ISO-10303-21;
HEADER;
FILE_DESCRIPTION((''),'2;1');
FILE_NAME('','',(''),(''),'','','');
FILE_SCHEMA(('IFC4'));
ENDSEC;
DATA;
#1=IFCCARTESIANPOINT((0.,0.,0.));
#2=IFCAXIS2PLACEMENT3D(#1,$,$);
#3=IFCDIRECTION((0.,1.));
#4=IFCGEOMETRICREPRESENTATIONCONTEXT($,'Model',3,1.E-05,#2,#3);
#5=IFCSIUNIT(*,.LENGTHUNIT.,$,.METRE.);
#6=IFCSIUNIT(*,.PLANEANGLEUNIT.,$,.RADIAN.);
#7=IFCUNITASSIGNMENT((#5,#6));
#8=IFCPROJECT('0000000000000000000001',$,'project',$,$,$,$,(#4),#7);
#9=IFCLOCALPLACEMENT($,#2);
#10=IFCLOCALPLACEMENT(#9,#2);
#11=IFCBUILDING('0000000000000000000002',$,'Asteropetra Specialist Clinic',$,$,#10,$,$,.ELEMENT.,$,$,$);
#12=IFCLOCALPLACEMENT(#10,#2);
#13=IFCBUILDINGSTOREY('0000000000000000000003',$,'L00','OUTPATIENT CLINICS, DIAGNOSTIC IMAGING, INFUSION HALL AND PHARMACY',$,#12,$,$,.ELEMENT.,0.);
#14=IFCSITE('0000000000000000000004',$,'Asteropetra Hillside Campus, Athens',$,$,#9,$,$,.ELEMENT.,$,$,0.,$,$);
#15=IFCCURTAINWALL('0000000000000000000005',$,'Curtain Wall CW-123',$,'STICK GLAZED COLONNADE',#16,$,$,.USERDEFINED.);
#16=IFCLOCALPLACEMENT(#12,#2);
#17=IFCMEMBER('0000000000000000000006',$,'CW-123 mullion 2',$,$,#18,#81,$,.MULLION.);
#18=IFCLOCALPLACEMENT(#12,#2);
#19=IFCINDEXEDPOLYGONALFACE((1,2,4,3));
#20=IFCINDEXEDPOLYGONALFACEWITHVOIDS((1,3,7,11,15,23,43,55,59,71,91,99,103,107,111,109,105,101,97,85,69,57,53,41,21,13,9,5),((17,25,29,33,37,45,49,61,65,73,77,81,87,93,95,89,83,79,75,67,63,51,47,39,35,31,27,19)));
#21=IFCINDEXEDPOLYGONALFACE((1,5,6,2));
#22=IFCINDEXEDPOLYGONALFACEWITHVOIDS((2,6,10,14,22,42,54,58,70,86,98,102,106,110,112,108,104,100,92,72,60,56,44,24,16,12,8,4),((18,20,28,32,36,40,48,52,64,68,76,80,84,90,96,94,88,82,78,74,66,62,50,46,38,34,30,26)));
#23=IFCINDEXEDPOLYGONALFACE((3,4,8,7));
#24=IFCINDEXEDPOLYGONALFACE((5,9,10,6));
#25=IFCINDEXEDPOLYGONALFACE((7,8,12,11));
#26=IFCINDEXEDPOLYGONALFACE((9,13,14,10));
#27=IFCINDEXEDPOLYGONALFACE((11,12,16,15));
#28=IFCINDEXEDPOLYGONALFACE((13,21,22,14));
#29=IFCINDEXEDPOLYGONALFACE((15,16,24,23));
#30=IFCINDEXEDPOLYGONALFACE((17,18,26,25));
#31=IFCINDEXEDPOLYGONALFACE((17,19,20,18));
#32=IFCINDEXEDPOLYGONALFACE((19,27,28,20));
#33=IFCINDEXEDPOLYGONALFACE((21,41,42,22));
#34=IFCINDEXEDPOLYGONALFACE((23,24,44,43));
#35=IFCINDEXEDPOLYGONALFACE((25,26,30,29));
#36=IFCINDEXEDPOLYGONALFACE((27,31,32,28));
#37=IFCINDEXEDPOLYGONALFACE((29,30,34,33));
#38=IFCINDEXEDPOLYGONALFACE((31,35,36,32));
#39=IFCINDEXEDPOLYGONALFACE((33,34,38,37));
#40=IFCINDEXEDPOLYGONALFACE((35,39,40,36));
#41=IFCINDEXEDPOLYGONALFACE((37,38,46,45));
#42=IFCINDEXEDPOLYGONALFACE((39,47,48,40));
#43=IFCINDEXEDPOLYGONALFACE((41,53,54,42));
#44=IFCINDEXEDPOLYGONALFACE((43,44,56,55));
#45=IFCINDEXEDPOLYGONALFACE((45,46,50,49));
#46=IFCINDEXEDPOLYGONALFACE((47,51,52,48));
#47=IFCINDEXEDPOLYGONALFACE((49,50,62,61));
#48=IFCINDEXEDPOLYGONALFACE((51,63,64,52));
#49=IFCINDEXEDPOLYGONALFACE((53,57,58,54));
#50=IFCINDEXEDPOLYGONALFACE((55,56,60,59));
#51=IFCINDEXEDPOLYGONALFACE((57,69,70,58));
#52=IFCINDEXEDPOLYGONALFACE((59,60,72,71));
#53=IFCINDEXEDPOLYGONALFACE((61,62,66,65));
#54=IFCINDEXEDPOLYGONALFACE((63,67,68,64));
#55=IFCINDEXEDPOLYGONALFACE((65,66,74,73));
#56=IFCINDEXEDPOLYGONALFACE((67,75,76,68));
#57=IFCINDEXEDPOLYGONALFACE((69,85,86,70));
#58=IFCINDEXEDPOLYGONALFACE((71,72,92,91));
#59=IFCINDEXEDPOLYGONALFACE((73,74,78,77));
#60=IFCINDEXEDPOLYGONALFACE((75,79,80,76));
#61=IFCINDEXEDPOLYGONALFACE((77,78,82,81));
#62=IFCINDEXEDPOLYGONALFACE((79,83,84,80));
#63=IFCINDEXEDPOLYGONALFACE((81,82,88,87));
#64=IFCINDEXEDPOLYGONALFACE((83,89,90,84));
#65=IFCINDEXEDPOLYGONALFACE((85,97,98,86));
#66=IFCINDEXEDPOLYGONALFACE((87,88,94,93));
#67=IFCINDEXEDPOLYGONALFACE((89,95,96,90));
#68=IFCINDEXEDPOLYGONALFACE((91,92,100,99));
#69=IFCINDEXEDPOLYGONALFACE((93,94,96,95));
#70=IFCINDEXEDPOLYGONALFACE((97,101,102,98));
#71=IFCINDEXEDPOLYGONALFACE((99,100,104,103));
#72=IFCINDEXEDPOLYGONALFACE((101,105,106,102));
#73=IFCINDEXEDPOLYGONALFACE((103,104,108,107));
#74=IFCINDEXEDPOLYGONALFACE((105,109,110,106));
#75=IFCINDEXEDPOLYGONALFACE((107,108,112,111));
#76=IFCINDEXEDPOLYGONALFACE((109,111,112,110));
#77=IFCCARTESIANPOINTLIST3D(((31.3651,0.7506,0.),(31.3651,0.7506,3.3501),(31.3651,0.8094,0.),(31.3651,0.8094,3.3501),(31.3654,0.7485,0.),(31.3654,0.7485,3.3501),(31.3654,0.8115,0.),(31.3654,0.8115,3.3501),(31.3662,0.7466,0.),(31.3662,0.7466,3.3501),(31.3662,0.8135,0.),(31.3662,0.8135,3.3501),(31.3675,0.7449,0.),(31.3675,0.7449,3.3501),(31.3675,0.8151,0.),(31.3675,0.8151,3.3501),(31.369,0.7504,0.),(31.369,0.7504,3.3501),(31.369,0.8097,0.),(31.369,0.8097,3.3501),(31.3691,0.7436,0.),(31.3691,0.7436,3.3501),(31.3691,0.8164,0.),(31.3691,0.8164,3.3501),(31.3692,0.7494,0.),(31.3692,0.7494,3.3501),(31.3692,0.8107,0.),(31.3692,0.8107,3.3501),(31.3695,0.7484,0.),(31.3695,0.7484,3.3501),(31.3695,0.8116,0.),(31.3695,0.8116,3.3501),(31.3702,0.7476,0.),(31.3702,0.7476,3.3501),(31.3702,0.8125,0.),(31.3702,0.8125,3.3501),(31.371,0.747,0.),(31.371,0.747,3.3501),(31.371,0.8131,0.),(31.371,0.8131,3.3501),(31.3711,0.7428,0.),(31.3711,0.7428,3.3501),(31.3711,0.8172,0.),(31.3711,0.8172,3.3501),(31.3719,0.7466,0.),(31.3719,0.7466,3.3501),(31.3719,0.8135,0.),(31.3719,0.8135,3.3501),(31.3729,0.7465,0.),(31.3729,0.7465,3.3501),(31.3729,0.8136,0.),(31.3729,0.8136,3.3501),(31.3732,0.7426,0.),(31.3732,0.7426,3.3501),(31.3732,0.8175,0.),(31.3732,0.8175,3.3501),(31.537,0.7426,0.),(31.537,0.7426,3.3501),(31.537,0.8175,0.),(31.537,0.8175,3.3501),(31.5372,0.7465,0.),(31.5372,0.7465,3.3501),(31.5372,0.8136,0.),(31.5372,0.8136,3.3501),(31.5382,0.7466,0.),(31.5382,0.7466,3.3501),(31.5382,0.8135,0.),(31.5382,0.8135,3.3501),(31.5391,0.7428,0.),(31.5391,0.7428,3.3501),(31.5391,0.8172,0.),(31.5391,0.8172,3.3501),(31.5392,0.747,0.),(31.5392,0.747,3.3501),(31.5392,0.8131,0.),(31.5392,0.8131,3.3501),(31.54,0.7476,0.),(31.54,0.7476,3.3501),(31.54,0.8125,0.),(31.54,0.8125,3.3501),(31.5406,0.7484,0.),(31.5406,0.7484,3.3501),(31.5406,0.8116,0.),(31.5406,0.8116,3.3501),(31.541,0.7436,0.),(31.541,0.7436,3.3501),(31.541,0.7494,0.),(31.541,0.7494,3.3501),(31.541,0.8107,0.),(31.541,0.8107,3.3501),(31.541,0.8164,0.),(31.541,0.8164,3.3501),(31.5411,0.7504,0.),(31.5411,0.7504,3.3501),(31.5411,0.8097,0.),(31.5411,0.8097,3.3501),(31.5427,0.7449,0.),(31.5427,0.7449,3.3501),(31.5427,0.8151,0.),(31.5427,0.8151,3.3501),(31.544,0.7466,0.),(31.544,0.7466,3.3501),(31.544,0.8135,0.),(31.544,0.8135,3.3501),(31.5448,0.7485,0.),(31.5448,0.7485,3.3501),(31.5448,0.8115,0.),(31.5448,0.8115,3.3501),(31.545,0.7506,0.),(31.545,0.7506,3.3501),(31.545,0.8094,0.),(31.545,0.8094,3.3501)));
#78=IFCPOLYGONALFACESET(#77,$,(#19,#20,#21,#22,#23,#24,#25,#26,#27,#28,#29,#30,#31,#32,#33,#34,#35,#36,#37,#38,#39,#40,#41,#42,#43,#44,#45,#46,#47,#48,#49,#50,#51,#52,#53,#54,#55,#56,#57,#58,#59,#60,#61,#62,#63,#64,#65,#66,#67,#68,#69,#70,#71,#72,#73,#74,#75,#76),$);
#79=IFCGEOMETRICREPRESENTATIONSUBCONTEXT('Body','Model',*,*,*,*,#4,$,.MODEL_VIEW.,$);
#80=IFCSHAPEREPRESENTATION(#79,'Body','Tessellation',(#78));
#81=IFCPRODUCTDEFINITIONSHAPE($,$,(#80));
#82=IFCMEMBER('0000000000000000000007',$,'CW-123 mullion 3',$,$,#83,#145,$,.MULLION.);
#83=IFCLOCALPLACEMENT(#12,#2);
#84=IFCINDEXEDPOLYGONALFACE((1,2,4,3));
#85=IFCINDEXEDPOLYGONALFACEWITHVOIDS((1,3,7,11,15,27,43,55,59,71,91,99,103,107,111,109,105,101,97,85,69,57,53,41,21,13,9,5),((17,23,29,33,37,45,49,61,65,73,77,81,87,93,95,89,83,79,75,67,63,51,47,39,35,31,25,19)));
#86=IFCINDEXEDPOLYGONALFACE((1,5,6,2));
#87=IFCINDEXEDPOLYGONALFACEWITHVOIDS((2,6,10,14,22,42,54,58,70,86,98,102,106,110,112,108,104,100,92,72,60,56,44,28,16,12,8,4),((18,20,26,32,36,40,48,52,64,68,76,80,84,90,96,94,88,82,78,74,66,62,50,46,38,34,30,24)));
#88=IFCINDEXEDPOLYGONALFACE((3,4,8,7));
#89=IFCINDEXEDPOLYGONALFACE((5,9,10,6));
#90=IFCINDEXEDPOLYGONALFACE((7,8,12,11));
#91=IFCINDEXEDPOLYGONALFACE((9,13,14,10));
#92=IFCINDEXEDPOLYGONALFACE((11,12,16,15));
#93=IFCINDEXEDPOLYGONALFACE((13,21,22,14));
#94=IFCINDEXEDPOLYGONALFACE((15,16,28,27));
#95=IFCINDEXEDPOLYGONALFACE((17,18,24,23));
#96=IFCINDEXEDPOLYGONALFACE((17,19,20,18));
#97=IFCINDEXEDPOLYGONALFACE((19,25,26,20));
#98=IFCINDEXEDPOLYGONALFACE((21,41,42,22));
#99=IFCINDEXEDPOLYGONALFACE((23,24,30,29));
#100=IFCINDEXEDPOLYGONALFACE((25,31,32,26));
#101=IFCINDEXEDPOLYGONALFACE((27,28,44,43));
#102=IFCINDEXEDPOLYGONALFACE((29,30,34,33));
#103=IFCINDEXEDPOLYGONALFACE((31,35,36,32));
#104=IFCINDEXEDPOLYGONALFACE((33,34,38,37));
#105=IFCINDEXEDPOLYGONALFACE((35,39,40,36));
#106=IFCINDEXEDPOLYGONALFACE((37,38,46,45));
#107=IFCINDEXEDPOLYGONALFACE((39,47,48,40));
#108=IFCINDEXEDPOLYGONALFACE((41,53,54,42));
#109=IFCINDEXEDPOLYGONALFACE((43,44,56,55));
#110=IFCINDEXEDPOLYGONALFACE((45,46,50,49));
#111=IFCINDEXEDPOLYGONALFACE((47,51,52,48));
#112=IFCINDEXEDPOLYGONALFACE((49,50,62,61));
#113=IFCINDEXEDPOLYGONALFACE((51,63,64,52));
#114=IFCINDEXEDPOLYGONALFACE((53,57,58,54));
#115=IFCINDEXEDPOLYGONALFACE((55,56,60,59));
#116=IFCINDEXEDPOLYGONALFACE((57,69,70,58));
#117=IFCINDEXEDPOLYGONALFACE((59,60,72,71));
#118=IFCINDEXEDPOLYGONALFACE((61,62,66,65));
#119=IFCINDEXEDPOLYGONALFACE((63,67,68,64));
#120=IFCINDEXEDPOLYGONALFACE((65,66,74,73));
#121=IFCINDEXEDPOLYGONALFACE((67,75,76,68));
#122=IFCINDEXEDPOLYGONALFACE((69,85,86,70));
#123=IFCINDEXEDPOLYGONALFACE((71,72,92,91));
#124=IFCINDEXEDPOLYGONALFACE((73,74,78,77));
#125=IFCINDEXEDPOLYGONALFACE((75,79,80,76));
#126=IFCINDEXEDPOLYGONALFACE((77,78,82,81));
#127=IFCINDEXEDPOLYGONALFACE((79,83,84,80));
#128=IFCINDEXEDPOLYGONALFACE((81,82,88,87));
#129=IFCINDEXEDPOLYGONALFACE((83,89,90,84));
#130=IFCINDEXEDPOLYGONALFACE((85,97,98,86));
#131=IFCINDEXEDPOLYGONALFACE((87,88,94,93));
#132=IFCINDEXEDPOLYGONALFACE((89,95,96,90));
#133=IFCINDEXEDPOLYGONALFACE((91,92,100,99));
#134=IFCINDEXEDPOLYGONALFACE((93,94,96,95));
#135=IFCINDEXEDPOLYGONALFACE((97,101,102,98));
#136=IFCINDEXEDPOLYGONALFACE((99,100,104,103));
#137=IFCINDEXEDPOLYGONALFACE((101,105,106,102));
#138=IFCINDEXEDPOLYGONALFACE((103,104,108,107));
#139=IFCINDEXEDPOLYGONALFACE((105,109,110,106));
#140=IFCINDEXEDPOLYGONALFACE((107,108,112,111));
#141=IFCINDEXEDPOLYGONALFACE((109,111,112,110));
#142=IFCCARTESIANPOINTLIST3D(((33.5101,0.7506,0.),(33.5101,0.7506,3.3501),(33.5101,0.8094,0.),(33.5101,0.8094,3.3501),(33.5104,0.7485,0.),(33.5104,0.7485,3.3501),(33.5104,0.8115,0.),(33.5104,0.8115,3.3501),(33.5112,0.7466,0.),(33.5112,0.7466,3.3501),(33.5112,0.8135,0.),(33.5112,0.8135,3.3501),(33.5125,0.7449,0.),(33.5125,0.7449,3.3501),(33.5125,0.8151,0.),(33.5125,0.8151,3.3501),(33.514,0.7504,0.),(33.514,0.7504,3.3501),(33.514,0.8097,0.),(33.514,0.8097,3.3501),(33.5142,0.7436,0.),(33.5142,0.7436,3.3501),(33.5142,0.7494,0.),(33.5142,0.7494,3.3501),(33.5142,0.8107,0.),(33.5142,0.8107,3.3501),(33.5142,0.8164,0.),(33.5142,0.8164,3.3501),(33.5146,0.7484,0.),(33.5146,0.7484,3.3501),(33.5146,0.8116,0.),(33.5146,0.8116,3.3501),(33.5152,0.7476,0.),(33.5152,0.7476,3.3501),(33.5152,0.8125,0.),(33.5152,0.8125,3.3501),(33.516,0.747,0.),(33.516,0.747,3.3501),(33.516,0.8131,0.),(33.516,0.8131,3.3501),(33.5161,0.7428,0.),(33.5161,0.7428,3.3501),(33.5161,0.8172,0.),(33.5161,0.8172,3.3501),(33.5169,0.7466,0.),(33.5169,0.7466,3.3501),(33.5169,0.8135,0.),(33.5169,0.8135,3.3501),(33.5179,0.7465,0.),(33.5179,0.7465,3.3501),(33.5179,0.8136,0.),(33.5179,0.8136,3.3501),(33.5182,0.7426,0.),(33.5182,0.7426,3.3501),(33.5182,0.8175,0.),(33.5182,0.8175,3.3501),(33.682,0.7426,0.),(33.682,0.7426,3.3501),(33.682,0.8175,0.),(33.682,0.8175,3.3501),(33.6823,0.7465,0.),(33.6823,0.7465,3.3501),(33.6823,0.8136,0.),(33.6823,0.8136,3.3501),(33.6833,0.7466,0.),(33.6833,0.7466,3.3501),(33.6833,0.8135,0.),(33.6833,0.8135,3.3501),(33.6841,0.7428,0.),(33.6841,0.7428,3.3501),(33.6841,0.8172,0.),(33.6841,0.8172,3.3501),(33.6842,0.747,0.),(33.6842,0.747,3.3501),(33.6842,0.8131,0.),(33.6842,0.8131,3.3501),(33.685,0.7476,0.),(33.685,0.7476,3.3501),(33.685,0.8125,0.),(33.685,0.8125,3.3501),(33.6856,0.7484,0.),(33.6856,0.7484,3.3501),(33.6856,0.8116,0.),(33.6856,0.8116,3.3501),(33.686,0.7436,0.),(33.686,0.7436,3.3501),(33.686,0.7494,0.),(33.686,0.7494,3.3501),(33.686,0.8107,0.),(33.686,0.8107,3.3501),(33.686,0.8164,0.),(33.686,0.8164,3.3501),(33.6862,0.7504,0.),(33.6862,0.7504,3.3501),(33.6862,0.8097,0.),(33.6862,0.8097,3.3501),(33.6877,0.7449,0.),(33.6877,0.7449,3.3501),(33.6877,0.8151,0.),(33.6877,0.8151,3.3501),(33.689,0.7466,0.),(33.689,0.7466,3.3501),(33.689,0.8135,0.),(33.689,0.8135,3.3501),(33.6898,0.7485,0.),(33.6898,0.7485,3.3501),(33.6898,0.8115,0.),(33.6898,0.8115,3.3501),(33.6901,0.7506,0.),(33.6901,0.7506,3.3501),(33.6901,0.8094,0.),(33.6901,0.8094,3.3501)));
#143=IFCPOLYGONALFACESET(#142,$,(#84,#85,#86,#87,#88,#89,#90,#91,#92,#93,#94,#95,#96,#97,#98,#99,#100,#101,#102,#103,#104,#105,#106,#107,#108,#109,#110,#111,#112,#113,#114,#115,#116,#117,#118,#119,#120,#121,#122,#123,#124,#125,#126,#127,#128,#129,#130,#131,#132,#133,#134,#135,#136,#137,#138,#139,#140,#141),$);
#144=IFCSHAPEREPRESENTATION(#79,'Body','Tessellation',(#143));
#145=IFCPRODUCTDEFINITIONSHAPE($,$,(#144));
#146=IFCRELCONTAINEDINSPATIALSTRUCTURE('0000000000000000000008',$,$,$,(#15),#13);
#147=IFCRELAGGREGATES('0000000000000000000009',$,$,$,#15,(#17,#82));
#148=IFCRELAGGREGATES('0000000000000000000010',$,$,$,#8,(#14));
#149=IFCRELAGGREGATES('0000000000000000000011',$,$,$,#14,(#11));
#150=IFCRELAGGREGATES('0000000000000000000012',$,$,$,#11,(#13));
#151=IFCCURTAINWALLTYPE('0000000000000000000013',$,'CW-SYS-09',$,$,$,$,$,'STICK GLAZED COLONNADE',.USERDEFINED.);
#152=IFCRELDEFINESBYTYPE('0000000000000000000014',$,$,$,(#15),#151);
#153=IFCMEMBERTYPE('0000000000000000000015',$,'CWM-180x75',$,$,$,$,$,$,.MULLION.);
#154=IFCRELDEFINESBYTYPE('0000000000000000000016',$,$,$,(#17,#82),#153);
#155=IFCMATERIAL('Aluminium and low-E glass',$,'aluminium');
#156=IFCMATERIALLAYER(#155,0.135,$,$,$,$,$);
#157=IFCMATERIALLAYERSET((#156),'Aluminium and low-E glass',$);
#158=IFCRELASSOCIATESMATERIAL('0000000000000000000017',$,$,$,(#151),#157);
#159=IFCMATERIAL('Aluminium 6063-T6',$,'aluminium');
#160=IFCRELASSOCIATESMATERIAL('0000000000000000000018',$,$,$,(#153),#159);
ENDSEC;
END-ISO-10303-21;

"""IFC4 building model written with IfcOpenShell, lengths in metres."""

from ifc_helpers import new_model, si_unit, direction, frame, origin, origin_2d, place, context, subcontext, project, spatial, hollow_rectangle, extrude, material, layer, layer_set, material_profile, profile_set, type_object, element, aggregate, save


model = new_model("IFC4")

# Units and contexts
model_context = context("Model", 3, precision=1e-05, world=origin(), true_north=direction((0.0, 1.0)))
body_context = subcontext(model_context, "Body", "Model", "MODEL_VIEW")
ifc_project = project(units=[si_unit("LENGTHUNIT", "METRE"), si_unit("PLANEANGLEUNIT", "RADIAN")], contexts=[model_context])

# Site, building, storey
site_placement = place(None, origin())
site = spatial("IfcSite", under=ifc_project, at=site_placement, Name="Asteropetra Hillside Campus, Athens", CompositionType="ELEMENT", RefElevation=0.0)
building_placement = place(site_placement, origin())
building = spatial("IfcBuilding", under=site, at=building_placement, Name="Asteropetra Specialist Clinic", CompositionType="ELEMENT")
storey_placement = place(building_placement, origin())
storey = spatial("IfcBuildingStorey", under=building, at=storey_placement, Name="L00", Description="OUTPATIENT CLINICS, DIAGNOSTIC IMAGING, INFUSION HALL AND PHARMACY", CompositionType="ELEMENT", Elevation=0.0)

# Curtain wall, members
ifc_material_1 = material(Name="Aluminium and low-E glass", Category="aluminium")
ifc_layer_1 = layer(ifc_material_1, 0.135)
ifc_layer_set_1 = layer_set([ifc_layer_1], Name="Aluminium and low-E glass")
curtain_wall_type_1 = type_object("IfcCurtainWallType", Name="CW-SYS-09", ElementType="STICK GLAZED COLONNADE", PredefinedType="USERDEFINED", material=ifc_layer_set_1)
curtain_wall_1_placement = place(storey_placement, origin())
curtain_wall_1 = element("IfcCurtainWall", 1, at=curtain_wall_1_placement, inside=storey, type_object=curtain_wall_type_1, Name="Curtain Wall CW-123", ObjectType="STICK GLAZED COLONNADE", PredefinedType="USERDEFINED")
ifc_material_2 = material(Name="Aluminium 6063-T6", Category="aluminium")
ifc_material_profile_1 = material_profile(ifc_material_2, hollow_rectangle(XDim=0.075, YDim=0.1799, WallThickness=0.0039, InnerFilletRadius=0.0039, OuterFilletRadius=0.0081, at=origin_2d()), Name="MUL 180x75x4.0")
ifc_profile_set_1 = profile_set([ifc_material_profile_1], Name="Aluminium 6063-T6")
member_type_1 = type_object("IfcMemberType", Name="CWM-180x75", PredefinedType="MULLION", material=ifc_profile_set_1)
member_1_placement = place(storey_placement, frame((31.4551, 0.78, 0.0), z_axis=(0.0, 0.0, 1.0), x_axis=(0.0, 1.0, 0.0)))
member_1 = element("IfcMember", 2, at=member_1_placement, type_object=member_type_1, Name="CW-123 mullion 2", PredefinedType="MULLION", context=body_context, shape_type="SweptSolid", body=[
    extrude(hollow_rectangle(XDim=0.075, YDim=0.1799, WallThickness=0.0039, InnerFilletRadius=0.0039, OuterFilletRadius=0.0081, at=origin_2d()), origin(), (0.0, 0.0, 1.0), 3.3501),
])
member_2_placement = place(storey_placement, frame((33.6001, 0.78, 0.0), z_axis=(0.0, 0.0, 1.0), x_axis=(0.0, 1.0, 0.0)))
member_2 = element("IfcMember", 3, at=member_2_placement, type_object=member_type_1, Name="CW-123 mullion 3", PredefinedType="MULLION", context=body_context, shape_type="SweptSolid", body=[
    extrude(hollow_rectangle(XDim=0.075, YDim=0.1799, WallThickness=0.0039, InnerFilletRadius=0.0039, OuterFilletRadius=0.0081, at=origin_2d()), origin(), (0.0, 0.0, 1.0), 3.3501),
])

aggregate(curtain_wall_1, [member_1, member_2])

save(model, "model.ifc")
